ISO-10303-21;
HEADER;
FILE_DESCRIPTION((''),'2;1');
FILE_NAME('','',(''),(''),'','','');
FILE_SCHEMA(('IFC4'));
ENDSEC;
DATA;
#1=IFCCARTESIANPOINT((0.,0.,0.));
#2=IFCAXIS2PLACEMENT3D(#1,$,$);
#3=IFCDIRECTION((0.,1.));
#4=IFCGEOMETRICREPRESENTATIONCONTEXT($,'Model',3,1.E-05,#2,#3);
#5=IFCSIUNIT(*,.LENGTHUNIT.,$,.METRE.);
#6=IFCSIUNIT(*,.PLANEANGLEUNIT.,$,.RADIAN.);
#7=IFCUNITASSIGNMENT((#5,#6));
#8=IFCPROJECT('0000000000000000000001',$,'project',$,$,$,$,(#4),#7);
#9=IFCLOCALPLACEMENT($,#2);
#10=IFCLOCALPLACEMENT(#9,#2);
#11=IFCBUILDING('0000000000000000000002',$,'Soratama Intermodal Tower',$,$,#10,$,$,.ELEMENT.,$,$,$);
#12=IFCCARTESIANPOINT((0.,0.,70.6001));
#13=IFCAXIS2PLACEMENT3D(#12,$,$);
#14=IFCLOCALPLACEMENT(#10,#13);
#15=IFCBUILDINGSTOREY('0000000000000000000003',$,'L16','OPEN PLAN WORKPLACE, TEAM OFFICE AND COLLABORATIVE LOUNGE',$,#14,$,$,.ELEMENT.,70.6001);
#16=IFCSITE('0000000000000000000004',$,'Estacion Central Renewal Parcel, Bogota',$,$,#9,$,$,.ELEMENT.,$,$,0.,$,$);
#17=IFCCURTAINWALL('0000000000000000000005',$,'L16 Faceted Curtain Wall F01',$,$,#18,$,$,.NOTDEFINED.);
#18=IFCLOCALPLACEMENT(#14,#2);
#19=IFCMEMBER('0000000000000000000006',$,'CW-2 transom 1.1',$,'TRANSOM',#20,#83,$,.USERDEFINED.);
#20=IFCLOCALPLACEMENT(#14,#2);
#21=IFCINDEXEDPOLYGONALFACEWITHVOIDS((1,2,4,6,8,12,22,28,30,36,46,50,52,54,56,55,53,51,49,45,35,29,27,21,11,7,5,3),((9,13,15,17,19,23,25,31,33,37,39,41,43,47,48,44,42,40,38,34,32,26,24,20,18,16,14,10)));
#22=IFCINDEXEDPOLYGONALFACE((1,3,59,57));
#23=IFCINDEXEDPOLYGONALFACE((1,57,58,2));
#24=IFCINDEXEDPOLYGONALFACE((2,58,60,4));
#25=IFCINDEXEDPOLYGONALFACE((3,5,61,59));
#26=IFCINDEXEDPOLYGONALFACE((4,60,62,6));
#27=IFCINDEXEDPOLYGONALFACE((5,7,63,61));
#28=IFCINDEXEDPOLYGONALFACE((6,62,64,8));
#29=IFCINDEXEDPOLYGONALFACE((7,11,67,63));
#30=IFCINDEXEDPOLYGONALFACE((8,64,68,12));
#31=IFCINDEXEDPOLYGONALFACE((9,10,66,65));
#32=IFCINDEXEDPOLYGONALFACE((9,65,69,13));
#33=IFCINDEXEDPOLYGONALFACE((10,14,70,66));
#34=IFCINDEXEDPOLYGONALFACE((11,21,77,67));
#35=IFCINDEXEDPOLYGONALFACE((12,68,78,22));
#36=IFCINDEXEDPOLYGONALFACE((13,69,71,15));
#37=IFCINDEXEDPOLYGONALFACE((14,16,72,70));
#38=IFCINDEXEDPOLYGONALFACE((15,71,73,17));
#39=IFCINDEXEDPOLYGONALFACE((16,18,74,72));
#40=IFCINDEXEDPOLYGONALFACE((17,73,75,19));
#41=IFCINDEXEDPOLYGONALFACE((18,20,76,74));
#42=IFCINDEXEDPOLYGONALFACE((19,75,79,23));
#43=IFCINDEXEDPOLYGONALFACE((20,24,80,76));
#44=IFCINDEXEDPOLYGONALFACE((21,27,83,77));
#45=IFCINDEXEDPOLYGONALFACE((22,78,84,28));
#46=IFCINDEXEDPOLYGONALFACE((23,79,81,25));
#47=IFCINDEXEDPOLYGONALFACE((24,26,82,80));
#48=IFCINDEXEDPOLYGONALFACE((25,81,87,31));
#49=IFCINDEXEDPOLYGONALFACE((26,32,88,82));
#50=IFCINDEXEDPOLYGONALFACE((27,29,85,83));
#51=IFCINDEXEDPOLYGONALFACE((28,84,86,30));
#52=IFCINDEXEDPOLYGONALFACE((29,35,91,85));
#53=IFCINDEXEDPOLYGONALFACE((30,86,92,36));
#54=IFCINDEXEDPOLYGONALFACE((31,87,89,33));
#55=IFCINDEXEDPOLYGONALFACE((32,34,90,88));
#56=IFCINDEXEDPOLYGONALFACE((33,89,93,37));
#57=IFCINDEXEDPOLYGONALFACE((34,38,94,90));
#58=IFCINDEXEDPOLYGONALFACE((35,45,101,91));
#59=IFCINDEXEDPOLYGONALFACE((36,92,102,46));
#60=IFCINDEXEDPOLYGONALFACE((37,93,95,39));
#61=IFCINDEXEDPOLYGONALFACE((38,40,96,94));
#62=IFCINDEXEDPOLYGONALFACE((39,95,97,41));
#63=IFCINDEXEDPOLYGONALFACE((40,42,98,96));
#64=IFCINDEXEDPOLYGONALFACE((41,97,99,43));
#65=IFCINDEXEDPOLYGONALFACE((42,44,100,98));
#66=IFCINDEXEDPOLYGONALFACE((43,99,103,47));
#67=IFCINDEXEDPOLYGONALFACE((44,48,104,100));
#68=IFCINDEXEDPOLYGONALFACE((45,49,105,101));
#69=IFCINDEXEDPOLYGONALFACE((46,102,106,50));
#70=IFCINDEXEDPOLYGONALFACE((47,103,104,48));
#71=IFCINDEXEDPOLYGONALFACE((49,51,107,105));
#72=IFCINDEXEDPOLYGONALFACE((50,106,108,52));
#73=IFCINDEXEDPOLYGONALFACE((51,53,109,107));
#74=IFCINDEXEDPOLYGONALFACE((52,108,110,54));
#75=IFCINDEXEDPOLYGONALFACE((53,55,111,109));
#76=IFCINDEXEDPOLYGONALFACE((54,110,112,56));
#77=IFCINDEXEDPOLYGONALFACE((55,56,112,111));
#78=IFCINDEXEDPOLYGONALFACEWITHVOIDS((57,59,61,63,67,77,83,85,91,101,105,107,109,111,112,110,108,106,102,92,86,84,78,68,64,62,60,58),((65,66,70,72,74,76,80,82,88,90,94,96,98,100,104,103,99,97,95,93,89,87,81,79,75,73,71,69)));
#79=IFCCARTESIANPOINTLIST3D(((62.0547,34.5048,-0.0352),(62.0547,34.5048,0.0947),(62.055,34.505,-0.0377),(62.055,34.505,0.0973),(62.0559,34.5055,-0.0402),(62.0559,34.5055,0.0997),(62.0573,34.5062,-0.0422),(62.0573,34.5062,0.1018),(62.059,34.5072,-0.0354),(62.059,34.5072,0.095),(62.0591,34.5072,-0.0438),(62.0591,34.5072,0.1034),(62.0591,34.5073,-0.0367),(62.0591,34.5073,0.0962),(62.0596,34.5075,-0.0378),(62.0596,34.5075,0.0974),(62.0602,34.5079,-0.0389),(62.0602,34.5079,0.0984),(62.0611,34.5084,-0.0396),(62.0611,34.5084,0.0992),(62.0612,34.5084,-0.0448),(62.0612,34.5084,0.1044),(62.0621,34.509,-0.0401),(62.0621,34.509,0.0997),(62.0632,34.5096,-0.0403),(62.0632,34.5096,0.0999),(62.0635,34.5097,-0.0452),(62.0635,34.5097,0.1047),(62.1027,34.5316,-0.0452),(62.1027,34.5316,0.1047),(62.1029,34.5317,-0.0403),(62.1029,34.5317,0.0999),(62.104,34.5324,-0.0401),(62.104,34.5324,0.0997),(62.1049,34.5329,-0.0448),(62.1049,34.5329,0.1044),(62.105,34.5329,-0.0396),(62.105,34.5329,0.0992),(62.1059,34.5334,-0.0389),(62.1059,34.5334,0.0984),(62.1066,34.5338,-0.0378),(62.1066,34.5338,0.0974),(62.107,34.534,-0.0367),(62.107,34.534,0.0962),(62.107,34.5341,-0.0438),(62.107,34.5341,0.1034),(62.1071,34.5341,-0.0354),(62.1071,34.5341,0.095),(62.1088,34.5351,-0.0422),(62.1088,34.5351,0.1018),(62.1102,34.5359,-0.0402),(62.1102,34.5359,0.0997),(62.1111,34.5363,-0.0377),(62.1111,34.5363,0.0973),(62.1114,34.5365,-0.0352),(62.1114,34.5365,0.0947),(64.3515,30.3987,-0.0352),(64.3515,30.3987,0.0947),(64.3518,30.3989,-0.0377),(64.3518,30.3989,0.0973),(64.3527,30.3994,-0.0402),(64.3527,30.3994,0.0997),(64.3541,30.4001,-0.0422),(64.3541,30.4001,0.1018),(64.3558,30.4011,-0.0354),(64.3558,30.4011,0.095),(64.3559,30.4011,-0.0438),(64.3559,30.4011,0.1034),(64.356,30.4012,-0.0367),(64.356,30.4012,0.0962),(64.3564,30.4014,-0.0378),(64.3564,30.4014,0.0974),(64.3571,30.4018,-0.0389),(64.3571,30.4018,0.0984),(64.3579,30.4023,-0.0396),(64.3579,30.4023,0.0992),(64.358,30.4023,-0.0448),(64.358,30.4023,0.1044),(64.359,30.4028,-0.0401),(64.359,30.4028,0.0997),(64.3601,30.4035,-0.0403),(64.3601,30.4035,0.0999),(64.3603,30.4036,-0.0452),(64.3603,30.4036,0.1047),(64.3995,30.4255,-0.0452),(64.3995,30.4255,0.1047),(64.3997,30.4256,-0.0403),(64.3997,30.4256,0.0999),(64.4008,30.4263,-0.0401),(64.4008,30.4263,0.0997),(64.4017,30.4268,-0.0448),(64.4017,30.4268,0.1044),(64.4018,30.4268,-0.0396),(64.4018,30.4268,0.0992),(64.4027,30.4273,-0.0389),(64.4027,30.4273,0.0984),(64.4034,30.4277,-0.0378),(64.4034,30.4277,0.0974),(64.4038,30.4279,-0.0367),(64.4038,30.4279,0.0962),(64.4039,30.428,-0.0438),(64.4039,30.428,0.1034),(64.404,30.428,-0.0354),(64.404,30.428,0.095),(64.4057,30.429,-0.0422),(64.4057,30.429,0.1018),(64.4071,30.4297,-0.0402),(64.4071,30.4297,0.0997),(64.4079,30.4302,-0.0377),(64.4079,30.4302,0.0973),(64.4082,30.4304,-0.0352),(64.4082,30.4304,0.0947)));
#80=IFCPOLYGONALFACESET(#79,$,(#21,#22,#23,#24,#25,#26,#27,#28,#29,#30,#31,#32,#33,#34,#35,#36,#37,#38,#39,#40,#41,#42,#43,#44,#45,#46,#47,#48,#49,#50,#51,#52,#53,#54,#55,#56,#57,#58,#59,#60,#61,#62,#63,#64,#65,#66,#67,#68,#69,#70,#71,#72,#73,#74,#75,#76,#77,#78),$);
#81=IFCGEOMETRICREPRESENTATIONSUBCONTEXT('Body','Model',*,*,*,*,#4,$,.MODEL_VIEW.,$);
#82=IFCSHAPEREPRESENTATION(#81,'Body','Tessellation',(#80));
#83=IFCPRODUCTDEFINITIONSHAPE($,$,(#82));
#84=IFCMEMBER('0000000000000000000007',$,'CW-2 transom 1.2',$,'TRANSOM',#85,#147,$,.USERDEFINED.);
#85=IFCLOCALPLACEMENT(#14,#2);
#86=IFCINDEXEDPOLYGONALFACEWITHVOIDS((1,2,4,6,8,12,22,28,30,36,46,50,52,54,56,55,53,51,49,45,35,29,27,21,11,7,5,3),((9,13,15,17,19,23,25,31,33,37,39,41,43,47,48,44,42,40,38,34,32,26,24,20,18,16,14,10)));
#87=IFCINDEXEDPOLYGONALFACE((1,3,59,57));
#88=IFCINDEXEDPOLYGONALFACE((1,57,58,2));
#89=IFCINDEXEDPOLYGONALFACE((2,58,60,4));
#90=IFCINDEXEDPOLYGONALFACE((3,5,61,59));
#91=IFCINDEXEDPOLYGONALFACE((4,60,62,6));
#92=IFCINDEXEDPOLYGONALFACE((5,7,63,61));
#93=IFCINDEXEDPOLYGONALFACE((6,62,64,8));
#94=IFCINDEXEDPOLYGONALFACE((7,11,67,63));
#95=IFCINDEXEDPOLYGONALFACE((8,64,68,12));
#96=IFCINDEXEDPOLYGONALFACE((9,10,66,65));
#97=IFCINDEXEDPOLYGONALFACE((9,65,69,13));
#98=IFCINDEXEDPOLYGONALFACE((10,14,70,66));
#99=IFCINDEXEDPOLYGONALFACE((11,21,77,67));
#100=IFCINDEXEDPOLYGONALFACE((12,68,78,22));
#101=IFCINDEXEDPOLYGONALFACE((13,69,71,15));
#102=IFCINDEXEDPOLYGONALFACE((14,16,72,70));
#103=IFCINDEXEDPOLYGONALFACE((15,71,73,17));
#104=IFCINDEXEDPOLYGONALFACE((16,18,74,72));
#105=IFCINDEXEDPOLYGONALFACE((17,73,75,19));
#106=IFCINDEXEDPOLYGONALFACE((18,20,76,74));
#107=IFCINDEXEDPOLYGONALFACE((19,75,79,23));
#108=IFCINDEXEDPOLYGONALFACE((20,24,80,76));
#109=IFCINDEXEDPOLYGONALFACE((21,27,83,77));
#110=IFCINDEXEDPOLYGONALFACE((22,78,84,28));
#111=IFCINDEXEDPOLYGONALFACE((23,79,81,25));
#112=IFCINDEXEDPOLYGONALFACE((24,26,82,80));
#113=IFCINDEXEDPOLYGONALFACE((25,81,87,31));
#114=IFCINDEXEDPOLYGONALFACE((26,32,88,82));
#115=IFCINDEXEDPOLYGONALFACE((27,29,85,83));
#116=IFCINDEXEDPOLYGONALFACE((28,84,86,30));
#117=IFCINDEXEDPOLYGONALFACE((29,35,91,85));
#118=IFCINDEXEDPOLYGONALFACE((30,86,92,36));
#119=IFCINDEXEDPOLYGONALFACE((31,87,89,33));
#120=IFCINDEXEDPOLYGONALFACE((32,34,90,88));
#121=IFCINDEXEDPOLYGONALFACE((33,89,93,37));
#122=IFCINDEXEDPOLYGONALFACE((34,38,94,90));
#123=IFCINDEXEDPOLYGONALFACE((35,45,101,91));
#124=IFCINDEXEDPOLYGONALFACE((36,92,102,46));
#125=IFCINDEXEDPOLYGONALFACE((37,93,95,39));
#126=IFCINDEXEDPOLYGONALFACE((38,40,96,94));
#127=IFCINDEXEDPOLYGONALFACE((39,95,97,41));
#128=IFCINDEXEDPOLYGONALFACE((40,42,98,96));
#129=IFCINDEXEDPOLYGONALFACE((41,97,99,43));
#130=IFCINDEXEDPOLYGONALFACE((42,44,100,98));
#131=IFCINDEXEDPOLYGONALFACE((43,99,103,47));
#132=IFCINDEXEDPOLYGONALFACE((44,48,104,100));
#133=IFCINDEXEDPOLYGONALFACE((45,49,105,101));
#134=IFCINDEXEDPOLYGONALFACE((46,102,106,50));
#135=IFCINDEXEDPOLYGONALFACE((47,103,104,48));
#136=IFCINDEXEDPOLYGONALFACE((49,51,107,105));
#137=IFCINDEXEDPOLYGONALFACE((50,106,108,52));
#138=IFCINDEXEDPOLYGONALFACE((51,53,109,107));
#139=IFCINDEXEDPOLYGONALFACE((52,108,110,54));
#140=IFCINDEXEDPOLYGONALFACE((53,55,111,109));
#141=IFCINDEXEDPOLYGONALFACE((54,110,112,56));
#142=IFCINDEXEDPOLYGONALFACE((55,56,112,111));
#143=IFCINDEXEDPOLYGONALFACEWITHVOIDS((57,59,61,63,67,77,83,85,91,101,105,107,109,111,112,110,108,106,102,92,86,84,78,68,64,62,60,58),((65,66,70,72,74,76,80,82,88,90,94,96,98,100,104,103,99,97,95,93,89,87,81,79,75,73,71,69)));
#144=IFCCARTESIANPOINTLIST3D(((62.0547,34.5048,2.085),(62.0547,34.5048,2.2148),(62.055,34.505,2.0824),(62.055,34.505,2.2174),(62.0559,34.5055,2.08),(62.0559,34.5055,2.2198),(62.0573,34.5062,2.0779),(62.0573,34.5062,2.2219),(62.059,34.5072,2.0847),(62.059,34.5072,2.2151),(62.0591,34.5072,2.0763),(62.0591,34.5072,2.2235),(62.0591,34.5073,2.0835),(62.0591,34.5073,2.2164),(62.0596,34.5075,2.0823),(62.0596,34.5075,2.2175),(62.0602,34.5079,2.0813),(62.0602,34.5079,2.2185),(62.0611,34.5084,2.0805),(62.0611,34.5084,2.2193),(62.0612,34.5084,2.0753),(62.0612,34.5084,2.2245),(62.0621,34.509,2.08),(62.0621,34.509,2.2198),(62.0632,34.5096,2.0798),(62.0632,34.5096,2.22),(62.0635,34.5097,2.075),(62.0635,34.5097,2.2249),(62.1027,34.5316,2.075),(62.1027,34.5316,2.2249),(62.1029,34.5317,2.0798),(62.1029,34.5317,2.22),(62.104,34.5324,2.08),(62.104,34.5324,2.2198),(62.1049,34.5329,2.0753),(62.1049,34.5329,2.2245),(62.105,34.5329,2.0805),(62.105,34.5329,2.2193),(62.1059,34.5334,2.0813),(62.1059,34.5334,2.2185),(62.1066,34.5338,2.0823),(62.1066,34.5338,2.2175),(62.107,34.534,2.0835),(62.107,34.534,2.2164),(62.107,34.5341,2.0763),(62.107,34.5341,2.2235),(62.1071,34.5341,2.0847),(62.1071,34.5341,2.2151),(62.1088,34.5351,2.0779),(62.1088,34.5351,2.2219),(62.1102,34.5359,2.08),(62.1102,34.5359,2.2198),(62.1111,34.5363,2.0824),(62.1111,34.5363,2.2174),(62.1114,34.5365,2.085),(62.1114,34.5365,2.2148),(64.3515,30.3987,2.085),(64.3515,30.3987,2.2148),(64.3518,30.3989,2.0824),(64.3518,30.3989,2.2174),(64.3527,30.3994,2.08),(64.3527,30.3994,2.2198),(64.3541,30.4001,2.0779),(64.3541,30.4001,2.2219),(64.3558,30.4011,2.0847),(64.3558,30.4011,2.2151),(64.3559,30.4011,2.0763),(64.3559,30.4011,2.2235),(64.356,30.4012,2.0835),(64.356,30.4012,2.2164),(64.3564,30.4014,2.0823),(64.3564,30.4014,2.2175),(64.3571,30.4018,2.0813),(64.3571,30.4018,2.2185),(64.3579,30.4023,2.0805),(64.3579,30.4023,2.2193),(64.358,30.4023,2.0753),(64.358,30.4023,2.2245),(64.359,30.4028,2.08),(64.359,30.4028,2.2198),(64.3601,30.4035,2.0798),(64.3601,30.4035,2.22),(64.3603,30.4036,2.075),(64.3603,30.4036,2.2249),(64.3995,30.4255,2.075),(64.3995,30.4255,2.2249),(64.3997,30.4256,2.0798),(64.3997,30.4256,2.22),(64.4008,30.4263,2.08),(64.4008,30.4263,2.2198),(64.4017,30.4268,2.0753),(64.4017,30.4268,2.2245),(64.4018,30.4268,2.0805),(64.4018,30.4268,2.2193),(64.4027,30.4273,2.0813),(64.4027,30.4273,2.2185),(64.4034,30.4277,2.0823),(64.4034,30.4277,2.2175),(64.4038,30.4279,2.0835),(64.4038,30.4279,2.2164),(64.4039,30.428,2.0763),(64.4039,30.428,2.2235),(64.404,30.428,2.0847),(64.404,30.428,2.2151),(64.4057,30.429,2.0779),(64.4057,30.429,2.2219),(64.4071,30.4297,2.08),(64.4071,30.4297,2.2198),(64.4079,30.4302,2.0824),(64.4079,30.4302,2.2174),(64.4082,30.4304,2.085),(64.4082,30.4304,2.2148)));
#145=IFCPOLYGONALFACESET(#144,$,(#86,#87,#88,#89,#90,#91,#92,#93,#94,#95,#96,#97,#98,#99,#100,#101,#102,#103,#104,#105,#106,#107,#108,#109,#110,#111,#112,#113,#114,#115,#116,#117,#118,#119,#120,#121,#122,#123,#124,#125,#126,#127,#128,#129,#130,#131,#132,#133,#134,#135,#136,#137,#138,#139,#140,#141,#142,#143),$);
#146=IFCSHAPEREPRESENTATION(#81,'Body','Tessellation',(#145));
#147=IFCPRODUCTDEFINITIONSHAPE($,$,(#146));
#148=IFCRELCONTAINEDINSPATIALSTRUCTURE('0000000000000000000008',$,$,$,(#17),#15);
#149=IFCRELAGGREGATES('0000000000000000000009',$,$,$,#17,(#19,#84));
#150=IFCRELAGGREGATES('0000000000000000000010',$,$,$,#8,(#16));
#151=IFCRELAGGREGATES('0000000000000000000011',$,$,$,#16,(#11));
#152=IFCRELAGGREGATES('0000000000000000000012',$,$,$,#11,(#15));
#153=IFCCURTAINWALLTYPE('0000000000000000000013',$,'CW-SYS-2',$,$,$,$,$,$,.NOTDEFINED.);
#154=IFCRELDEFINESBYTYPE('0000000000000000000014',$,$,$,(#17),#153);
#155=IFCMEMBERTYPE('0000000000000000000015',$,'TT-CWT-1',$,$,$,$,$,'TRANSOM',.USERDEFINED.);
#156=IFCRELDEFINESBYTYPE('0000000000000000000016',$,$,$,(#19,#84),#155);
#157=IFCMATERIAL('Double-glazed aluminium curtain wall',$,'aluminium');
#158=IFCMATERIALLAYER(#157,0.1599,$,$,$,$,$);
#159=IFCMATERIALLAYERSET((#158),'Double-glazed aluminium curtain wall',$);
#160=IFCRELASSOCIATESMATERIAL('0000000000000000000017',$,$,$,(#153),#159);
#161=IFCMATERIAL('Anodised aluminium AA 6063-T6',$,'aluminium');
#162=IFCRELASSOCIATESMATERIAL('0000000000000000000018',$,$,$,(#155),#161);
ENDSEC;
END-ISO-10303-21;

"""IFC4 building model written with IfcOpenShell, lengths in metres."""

from ifc_helpers import new_model, si_unit, direction, frame, origin, origin_2d, place, context, subcontext, project, spatial, hollow_rectangle, extrude, material, layer, layer_set, material_profile, profile_set, type_object, element, aggregate, save


model = new_model("IFC4")

# Units and contexts
model_context = context("Model", 3, precision=1e-05, world=origin(), true_north=direction((0.0, 1.0)))
body_context = subcontext(model_context, "Body", "Model", "MODEL_VIEW")
ifc_project = project(units=[si_unit("LENGTHUNIT", "METRE"), si_unit("PLANEANGLEUNIT", "RADIAN")], contexts=[model_context])

# Site, building, storey
site_placement = place(None, origin())
site = spatial("IfcSite", under=ifc_project, at=site_placement, Name="Estacion Central Renewal Parcel, Bogota", CompositionType="ELEMENT", RefElevation=0.0)
building_placement = place(site_placement, origin())
building = spatial("IfcBuilding", under=site, at=building_placement, Name="Soratama Intermodal Tower", CompositionType="ELEMENT")
storey_placement = place(building_placement, frame((0.0, 0.0, 70.6001)))
storey = spatial("IfcBuildingStorey", under=building, at=storey_placement, Name="L16", Description="OPEN PLAN WORKPLACE, TEAM OFFICE AND COLLABORATIVE LOUNGE", CompositionType="ELEMENT", Elevation=70.6001)

# Curtain wall, members
ifc_material_1 = material(Name="Double-glazed aluminium curtain wall", Category="aluminium")
ifc_layer_1 = layer(ifc_material_1, 0.1599)
ifc_layer_set_1 = layer_set([ifc_layer_1], Name="Double-glazed aluminium curtain wall")
curtain_wall_type = type_object("IfcCurtainWallType", Name="CW-SYS-2", PredefinedType="NOTDEFINED", material=ifc_layer_set_1)
curtain_wall_placement = place(storey_placement, origin())
curtain_wall = element("IfcCurtainWall", 1, at=curtain_wall_placement, inside=storey, type_object=curtain_wall_type, Name="L16 Faceted Curtain Wall F01", PredefinedType="NOTDEFINED")
ifc_material_2 = material(Name="Anodised aluminium AA 6063-T6", Category="aluminium")
ifc_material_profile_1 = material_profile(ifc_material_2, hollow_rectangle(XDim=0.0649, YDim=0.1499, WallThickness=0.0049, InnerFilletRadius=0.0049, OuterFilletRadius=0.01, at=origin_2d()), Name="CWT150X65X5")
ifc_profile_set_1 = profile_set([ifc_material_profile_1], Name="Anodised aluminium AA 6063-T6")
member_type_1 = type_object("IfcMemberType", Name="TT-CWT-1", ElementType="TRANSOM", PredefinedType="USERDEFINED", material=ifc_profile_set_1)
member_1_placement = place(storey_placement, frame((64.3799, 30.4146, 0.0298), z_axis=(-0.488183, 0.872741, 0.0), x_axis=(-0.872741, -0.488183, 0.0)))
member_1 = element("IfcMember", 2, at=member_1_placement, type_object=member_type_1, Name="CW-2 transom 1.1", ObjectType="TRANSOM", PredefinedType="USERDEFINED", context=body_context, shape_type="SweptSolid", body=[
    extrude(hollow_rectangle(XDim=0.0649, YDim=0.1499, WallThickness=0.0049, InnerFilletRadius=0.0049, OuterFilletRadius=0.01, at=origin_2d()), origin(), (0.0, 0.0, 1.0), 4.7048),
])
member_2_placement = place(storey_placement, frame((64.3799, 30.4146, 2.1499), z_axis=(-0.488183, 0.872741, 0.0), x_axis=(-0.872741, -0.488183, 0.0)))
member_2 = element("IfcMember", 3, at=member_2_placement, type_object=member_type_1, Name="CW-2 transom 1.2", ObjectType="TRANSOM", PredefinedType="USERDEFINED", context=body_context, shape_type="SweptSolid", body=[
    extrude(hollow_rectangle(XDim=0.0649, YDim=0.1499, WallThickness=0.0049, InnerFilletRadius=0.0049, OuterFilletRadius=0.01, at=origin_2d()), origin(), (0.0, 0.0, 1.0), 4.7048),
])
aggregate(curtain_wall, [member_1, member_2])

save(model, "model.ifc")
